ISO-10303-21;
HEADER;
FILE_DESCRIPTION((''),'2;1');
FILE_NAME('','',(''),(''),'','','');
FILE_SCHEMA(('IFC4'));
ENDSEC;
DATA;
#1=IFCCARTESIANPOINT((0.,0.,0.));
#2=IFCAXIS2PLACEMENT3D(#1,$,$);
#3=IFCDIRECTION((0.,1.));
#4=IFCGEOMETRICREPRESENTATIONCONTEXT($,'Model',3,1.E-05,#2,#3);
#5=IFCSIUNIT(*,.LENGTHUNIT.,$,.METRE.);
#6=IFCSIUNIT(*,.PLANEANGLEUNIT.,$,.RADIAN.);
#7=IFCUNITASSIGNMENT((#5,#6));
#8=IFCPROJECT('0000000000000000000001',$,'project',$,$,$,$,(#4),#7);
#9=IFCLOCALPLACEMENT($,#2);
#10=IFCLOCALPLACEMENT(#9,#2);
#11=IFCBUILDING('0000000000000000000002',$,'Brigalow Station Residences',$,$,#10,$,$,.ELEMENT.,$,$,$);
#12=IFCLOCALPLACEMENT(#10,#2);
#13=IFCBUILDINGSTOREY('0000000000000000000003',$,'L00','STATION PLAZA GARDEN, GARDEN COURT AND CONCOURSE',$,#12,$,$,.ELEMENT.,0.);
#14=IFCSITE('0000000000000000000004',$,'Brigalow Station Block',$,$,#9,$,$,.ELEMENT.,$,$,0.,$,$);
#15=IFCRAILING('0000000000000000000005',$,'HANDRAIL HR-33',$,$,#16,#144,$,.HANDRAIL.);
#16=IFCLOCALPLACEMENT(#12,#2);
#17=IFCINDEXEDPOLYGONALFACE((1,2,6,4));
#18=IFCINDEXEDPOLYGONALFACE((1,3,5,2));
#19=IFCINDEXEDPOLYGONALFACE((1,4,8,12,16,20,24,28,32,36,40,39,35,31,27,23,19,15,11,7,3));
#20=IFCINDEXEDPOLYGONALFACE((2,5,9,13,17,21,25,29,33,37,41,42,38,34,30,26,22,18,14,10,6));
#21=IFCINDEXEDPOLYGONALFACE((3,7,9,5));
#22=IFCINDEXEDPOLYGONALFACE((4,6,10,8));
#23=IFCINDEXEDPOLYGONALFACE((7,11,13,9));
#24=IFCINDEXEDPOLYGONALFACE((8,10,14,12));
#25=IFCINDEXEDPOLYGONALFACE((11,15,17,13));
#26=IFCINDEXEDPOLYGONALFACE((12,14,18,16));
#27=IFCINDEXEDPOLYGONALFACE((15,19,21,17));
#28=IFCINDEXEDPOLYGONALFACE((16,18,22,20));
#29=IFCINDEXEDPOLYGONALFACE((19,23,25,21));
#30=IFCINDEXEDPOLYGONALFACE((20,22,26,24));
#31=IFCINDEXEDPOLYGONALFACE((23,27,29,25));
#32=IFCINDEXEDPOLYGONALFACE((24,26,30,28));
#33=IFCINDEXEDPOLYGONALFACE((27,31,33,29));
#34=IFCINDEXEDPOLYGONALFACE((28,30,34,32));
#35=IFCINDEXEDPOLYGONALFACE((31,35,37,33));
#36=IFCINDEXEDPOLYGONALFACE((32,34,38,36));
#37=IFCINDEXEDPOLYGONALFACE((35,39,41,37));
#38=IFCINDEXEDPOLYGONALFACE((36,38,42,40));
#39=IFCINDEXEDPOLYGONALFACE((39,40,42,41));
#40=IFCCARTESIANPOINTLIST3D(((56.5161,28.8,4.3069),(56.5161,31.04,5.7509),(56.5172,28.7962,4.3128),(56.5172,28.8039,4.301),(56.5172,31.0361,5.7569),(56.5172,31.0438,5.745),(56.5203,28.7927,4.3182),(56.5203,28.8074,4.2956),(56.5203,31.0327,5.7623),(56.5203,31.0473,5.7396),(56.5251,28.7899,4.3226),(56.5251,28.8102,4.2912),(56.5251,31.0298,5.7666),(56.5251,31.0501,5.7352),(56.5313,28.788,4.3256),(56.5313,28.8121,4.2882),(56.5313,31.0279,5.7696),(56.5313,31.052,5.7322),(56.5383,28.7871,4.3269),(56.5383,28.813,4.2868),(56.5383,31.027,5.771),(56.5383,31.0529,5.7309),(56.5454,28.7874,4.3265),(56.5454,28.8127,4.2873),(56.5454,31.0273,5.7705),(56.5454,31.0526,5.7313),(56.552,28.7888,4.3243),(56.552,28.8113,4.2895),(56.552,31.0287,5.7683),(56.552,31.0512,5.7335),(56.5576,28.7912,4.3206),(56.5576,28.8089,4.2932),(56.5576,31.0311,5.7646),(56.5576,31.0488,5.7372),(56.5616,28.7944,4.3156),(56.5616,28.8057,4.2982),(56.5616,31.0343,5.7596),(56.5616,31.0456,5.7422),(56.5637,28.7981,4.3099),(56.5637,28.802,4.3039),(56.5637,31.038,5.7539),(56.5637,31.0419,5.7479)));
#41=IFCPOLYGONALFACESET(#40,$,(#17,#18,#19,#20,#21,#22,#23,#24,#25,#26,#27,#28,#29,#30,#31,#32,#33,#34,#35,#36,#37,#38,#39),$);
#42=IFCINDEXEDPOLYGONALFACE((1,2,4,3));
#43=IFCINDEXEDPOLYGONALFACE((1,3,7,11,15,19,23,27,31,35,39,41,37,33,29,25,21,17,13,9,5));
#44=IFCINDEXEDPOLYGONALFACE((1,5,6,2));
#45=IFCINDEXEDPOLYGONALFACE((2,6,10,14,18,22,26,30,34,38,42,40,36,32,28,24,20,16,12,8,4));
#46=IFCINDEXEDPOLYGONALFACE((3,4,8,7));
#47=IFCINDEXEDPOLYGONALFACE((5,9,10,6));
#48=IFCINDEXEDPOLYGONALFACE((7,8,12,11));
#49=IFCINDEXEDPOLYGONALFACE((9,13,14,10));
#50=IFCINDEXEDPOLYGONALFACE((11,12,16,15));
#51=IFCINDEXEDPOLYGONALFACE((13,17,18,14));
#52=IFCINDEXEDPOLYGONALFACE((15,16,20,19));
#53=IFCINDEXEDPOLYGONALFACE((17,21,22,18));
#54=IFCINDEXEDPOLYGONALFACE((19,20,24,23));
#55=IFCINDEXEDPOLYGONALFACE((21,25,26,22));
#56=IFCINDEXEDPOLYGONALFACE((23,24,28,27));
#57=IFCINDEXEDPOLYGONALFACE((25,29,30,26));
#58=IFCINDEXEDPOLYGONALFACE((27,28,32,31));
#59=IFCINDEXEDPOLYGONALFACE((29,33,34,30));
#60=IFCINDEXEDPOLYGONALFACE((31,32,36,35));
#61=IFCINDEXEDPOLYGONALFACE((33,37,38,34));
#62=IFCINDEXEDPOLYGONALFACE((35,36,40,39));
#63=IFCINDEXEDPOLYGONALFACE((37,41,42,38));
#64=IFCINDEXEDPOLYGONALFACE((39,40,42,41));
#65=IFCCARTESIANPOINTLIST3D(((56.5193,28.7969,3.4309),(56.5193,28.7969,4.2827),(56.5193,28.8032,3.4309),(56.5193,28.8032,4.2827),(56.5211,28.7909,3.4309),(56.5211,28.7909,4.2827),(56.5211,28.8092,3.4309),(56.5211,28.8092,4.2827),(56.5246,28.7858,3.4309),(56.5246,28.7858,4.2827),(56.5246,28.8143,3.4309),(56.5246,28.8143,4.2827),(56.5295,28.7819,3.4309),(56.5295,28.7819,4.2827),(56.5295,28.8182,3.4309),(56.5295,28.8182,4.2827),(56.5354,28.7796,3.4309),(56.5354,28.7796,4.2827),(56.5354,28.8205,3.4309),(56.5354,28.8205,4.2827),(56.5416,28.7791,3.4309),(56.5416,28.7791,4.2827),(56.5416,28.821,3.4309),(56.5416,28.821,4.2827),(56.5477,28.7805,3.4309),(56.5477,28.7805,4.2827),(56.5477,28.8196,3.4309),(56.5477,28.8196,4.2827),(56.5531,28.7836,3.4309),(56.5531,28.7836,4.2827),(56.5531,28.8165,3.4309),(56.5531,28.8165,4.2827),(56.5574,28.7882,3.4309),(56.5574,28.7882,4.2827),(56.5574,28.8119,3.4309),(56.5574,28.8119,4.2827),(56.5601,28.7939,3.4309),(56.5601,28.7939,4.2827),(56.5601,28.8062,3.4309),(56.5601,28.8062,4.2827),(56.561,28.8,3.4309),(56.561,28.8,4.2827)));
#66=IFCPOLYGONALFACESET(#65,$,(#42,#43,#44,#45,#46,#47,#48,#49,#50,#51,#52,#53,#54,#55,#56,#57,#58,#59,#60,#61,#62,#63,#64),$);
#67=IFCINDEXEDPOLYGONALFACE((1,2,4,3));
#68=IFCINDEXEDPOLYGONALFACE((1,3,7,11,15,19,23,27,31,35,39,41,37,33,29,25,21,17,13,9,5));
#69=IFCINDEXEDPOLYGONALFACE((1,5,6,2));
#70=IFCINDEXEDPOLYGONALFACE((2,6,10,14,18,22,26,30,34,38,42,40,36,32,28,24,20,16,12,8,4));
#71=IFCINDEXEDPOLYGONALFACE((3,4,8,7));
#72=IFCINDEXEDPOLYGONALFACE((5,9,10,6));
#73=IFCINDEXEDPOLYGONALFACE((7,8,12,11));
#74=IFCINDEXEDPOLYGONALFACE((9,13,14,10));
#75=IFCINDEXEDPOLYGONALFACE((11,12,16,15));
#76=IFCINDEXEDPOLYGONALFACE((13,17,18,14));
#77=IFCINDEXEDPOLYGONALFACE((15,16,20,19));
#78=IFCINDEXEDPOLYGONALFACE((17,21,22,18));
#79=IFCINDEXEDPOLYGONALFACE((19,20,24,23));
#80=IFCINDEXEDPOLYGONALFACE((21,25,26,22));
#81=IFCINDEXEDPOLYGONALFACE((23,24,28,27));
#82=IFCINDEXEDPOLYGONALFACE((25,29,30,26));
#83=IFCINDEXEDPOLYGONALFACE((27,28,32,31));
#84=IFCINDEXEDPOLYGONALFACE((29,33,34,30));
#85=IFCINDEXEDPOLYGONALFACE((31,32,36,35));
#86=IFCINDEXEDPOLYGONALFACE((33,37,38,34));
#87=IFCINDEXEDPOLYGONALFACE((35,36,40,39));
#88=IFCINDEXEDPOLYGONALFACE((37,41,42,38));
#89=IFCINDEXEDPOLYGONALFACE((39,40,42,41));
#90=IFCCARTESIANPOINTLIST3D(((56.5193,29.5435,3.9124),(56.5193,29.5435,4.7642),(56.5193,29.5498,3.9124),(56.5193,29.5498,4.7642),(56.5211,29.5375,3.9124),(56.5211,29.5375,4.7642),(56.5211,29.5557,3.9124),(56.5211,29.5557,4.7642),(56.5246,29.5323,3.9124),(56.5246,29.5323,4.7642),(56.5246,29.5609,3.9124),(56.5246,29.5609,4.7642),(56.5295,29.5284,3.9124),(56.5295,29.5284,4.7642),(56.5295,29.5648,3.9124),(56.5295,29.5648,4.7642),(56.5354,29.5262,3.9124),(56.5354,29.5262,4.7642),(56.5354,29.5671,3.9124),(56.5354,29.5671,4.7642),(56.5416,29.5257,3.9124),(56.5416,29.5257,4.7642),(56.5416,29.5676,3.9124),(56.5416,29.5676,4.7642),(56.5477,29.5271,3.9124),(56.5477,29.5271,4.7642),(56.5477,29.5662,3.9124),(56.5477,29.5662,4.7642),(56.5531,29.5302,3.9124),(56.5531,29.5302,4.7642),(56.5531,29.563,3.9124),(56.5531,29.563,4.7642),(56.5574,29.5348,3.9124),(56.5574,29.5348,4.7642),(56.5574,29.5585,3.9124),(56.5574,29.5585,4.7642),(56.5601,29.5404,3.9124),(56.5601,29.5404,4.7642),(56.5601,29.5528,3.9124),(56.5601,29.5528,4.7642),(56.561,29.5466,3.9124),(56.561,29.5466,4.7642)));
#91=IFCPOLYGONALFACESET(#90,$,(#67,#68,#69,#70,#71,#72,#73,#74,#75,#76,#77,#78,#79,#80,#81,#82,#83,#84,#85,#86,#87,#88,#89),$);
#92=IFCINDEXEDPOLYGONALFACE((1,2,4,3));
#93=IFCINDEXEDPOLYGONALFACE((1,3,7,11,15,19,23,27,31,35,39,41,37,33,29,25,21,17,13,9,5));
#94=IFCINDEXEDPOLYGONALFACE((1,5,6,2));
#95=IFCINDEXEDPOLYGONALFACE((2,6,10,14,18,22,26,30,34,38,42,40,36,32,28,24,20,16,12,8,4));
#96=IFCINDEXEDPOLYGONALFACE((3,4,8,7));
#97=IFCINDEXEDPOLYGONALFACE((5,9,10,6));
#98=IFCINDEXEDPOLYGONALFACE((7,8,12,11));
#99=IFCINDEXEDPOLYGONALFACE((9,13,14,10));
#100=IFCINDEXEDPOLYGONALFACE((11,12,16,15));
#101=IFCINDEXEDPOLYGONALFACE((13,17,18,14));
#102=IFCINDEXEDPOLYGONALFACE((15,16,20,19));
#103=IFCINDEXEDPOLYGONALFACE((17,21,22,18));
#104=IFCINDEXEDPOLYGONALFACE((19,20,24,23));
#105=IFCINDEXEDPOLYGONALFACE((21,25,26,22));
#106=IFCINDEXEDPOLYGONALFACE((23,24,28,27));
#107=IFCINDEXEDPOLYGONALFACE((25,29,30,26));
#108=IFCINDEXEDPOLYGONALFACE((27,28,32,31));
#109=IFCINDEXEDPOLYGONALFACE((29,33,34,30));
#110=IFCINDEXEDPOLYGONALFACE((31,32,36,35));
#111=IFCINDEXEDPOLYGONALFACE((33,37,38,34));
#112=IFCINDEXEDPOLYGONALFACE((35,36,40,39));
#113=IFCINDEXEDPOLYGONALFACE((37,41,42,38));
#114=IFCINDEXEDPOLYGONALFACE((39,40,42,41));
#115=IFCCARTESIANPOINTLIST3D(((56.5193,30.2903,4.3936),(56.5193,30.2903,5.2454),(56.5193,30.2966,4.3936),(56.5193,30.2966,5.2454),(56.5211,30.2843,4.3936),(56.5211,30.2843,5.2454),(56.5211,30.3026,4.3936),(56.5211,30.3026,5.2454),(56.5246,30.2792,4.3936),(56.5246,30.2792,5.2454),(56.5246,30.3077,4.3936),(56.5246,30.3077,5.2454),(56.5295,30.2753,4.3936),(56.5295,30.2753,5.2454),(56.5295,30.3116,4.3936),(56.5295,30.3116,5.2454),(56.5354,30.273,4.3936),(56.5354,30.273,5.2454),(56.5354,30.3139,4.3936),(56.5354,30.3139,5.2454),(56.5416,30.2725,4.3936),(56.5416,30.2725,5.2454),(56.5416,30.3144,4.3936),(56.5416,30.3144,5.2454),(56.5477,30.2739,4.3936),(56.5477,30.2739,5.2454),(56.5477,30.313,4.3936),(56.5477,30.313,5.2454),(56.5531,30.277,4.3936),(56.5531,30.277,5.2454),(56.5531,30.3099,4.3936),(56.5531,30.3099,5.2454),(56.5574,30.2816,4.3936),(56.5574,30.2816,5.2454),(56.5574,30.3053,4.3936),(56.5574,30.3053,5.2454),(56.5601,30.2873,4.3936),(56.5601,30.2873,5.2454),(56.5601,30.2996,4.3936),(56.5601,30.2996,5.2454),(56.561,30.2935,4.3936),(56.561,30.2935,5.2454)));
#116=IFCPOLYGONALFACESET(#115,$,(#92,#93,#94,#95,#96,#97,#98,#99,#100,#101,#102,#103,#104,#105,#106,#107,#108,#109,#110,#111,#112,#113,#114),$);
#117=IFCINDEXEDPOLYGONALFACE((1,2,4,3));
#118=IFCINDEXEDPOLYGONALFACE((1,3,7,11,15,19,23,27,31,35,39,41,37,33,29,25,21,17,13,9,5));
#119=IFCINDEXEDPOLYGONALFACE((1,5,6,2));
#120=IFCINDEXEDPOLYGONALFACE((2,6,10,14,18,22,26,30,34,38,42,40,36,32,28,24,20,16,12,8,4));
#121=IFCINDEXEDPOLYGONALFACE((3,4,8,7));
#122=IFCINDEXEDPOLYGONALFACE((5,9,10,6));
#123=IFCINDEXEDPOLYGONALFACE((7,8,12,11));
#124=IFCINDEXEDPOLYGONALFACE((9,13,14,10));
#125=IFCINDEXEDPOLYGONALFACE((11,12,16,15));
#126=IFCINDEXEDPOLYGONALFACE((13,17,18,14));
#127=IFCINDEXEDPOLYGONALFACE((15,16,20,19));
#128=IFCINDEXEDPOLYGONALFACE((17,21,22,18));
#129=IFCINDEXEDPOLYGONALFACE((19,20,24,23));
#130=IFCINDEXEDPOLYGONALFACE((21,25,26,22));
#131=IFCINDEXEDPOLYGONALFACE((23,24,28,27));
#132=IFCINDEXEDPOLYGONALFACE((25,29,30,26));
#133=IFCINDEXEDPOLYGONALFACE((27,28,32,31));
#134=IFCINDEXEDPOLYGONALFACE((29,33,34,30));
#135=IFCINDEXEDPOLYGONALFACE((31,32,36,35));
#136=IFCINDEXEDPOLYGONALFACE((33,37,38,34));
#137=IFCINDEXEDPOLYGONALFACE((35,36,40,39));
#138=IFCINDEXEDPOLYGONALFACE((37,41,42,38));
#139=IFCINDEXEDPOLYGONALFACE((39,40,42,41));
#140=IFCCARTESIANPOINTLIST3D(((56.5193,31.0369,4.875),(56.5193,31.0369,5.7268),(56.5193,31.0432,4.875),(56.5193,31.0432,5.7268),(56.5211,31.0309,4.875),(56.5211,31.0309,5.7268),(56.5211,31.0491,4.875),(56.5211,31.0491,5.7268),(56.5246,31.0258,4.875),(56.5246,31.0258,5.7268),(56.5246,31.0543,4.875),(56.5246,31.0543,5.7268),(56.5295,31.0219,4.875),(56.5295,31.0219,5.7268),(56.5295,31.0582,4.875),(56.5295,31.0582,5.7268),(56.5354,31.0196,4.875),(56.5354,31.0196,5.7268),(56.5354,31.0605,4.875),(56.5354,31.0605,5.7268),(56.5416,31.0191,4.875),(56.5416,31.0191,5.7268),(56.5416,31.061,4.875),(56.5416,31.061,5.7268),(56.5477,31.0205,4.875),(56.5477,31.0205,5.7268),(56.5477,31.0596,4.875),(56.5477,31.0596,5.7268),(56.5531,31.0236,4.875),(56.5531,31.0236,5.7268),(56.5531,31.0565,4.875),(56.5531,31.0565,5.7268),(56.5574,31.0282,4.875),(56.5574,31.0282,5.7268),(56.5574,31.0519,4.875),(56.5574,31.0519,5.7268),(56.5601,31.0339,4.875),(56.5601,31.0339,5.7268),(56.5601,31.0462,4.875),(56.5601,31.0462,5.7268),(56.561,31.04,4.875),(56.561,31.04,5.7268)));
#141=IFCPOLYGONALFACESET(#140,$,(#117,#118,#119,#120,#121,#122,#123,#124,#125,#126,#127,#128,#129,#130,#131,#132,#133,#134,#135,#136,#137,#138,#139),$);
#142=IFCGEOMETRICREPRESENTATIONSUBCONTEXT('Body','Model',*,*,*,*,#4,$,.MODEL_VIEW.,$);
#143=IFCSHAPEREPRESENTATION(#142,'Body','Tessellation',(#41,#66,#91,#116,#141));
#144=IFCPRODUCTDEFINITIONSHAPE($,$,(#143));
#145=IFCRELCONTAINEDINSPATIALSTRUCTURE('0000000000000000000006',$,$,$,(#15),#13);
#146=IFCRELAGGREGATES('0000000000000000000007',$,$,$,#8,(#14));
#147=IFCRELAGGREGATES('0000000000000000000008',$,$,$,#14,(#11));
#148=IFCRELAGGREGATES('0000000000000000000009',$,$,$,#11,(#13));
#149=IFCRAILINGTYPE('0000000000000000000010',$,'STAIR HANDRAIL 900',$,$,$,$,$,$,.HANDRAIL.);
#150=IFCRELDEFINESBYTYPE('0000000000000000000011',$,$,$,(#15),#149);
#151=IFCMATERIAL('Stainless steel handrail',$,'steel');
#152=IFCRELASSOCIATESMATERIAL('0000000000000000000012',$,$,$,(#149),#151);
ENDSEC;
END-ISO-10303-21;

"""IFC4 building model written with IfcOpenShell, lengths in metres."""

from ifc_helpers import new_model, si_unit, direction, frame, origin, origin_2d, place, context, subcontext, project, spatial, circle, extrude, material, type_object, element, save


model = new_model("IFC4")

# Units and contexts
model_context = context("Model", 3, precision=1e-05, world=origin(), true_north=direction((0.0, 1.0)))
body_context = subcontext(model_context, "Body", "Model", "MODEL_VIEW")
ifc_project = project(units=[si_unit("LENGTHUNIT", "METRE"), si_unit("PLANEANGLEUNIT", "RADIAN")], contexts=[model_context])

# Site, building, storey
site_placement = place(None, origin())
site = spatial("IfcSite", under=ifc_project, at=site_placement, Name="Brigalow Station Block", CompositionType="ELEMENT", RefElevation=0.0)
building_placement = place(site_placement, origin())
building = spatial("IfcBuilding", under=site, at=building_placement, Name="Brigalow Station Residences", CompositionType="ELEMENT")
storey_placement = place(building_placement, origin())
storey = spatial("IfcBuildingStorey", under=building, at=storey_placement, Name="L00", Description="STATION PLAZA GARDEN, GARDEN COURT AND CONCOURSE", CompositionType="ELEMENT", Elevation=0.0)

# Railing
ifc_material_1 = material(Name="Stainless steel handrail", Category="steel")
railing_type_1 = type_object("IfcRailingType", Name="STAIR HANDRAIL 900", PredefinedType="HANDRAIL", material=ifc_material_1)
railing_1_placement = place(storey_placement, frame((56.54, 28.8, 3.4309)))
element("IfcRailing", 1, at=railing_1_placement, inside=storey, type_object=railing_type_1, Name="HANDRAIL HR-33", PredefinedType="HANDRAIL", context=body_context, shape_type="SweptSolid", body=[
    extrude(circle(Radius=0.0239, at=origin_2d()), frame((0.0, 0.0, 0.876), z_axis=(0.0, 0.840478, 0.541845), x_axis=(-1.0, 0.0, 0.0)), (0.0, 0.0, 1.0), 2.665),
    extrude(circle(Radius=0.021, at=origin_2d()), origin(), (0.0, 0.0, 1.0), 0.8518),
    extrude(circle(Radius=0.021, at=origin_2d()), frame((0.0, 0.7466, 0.4814)), (0.0, 0.0, 1.0), 0.8518),
    extrude(circle(Radius=0.021, at=origin_2d()), frame((0.0, 1.4934, 0.9626)), (0.0, 0.0, 1.0), 0.8518),
    extrude(circle(Radius=0.021, at=origin_2d()), frame((0.0, 2.24, 1.4441)), (0.0, 0.0, 1.0), 0.8518),
])

save(model, "model.ifc")
